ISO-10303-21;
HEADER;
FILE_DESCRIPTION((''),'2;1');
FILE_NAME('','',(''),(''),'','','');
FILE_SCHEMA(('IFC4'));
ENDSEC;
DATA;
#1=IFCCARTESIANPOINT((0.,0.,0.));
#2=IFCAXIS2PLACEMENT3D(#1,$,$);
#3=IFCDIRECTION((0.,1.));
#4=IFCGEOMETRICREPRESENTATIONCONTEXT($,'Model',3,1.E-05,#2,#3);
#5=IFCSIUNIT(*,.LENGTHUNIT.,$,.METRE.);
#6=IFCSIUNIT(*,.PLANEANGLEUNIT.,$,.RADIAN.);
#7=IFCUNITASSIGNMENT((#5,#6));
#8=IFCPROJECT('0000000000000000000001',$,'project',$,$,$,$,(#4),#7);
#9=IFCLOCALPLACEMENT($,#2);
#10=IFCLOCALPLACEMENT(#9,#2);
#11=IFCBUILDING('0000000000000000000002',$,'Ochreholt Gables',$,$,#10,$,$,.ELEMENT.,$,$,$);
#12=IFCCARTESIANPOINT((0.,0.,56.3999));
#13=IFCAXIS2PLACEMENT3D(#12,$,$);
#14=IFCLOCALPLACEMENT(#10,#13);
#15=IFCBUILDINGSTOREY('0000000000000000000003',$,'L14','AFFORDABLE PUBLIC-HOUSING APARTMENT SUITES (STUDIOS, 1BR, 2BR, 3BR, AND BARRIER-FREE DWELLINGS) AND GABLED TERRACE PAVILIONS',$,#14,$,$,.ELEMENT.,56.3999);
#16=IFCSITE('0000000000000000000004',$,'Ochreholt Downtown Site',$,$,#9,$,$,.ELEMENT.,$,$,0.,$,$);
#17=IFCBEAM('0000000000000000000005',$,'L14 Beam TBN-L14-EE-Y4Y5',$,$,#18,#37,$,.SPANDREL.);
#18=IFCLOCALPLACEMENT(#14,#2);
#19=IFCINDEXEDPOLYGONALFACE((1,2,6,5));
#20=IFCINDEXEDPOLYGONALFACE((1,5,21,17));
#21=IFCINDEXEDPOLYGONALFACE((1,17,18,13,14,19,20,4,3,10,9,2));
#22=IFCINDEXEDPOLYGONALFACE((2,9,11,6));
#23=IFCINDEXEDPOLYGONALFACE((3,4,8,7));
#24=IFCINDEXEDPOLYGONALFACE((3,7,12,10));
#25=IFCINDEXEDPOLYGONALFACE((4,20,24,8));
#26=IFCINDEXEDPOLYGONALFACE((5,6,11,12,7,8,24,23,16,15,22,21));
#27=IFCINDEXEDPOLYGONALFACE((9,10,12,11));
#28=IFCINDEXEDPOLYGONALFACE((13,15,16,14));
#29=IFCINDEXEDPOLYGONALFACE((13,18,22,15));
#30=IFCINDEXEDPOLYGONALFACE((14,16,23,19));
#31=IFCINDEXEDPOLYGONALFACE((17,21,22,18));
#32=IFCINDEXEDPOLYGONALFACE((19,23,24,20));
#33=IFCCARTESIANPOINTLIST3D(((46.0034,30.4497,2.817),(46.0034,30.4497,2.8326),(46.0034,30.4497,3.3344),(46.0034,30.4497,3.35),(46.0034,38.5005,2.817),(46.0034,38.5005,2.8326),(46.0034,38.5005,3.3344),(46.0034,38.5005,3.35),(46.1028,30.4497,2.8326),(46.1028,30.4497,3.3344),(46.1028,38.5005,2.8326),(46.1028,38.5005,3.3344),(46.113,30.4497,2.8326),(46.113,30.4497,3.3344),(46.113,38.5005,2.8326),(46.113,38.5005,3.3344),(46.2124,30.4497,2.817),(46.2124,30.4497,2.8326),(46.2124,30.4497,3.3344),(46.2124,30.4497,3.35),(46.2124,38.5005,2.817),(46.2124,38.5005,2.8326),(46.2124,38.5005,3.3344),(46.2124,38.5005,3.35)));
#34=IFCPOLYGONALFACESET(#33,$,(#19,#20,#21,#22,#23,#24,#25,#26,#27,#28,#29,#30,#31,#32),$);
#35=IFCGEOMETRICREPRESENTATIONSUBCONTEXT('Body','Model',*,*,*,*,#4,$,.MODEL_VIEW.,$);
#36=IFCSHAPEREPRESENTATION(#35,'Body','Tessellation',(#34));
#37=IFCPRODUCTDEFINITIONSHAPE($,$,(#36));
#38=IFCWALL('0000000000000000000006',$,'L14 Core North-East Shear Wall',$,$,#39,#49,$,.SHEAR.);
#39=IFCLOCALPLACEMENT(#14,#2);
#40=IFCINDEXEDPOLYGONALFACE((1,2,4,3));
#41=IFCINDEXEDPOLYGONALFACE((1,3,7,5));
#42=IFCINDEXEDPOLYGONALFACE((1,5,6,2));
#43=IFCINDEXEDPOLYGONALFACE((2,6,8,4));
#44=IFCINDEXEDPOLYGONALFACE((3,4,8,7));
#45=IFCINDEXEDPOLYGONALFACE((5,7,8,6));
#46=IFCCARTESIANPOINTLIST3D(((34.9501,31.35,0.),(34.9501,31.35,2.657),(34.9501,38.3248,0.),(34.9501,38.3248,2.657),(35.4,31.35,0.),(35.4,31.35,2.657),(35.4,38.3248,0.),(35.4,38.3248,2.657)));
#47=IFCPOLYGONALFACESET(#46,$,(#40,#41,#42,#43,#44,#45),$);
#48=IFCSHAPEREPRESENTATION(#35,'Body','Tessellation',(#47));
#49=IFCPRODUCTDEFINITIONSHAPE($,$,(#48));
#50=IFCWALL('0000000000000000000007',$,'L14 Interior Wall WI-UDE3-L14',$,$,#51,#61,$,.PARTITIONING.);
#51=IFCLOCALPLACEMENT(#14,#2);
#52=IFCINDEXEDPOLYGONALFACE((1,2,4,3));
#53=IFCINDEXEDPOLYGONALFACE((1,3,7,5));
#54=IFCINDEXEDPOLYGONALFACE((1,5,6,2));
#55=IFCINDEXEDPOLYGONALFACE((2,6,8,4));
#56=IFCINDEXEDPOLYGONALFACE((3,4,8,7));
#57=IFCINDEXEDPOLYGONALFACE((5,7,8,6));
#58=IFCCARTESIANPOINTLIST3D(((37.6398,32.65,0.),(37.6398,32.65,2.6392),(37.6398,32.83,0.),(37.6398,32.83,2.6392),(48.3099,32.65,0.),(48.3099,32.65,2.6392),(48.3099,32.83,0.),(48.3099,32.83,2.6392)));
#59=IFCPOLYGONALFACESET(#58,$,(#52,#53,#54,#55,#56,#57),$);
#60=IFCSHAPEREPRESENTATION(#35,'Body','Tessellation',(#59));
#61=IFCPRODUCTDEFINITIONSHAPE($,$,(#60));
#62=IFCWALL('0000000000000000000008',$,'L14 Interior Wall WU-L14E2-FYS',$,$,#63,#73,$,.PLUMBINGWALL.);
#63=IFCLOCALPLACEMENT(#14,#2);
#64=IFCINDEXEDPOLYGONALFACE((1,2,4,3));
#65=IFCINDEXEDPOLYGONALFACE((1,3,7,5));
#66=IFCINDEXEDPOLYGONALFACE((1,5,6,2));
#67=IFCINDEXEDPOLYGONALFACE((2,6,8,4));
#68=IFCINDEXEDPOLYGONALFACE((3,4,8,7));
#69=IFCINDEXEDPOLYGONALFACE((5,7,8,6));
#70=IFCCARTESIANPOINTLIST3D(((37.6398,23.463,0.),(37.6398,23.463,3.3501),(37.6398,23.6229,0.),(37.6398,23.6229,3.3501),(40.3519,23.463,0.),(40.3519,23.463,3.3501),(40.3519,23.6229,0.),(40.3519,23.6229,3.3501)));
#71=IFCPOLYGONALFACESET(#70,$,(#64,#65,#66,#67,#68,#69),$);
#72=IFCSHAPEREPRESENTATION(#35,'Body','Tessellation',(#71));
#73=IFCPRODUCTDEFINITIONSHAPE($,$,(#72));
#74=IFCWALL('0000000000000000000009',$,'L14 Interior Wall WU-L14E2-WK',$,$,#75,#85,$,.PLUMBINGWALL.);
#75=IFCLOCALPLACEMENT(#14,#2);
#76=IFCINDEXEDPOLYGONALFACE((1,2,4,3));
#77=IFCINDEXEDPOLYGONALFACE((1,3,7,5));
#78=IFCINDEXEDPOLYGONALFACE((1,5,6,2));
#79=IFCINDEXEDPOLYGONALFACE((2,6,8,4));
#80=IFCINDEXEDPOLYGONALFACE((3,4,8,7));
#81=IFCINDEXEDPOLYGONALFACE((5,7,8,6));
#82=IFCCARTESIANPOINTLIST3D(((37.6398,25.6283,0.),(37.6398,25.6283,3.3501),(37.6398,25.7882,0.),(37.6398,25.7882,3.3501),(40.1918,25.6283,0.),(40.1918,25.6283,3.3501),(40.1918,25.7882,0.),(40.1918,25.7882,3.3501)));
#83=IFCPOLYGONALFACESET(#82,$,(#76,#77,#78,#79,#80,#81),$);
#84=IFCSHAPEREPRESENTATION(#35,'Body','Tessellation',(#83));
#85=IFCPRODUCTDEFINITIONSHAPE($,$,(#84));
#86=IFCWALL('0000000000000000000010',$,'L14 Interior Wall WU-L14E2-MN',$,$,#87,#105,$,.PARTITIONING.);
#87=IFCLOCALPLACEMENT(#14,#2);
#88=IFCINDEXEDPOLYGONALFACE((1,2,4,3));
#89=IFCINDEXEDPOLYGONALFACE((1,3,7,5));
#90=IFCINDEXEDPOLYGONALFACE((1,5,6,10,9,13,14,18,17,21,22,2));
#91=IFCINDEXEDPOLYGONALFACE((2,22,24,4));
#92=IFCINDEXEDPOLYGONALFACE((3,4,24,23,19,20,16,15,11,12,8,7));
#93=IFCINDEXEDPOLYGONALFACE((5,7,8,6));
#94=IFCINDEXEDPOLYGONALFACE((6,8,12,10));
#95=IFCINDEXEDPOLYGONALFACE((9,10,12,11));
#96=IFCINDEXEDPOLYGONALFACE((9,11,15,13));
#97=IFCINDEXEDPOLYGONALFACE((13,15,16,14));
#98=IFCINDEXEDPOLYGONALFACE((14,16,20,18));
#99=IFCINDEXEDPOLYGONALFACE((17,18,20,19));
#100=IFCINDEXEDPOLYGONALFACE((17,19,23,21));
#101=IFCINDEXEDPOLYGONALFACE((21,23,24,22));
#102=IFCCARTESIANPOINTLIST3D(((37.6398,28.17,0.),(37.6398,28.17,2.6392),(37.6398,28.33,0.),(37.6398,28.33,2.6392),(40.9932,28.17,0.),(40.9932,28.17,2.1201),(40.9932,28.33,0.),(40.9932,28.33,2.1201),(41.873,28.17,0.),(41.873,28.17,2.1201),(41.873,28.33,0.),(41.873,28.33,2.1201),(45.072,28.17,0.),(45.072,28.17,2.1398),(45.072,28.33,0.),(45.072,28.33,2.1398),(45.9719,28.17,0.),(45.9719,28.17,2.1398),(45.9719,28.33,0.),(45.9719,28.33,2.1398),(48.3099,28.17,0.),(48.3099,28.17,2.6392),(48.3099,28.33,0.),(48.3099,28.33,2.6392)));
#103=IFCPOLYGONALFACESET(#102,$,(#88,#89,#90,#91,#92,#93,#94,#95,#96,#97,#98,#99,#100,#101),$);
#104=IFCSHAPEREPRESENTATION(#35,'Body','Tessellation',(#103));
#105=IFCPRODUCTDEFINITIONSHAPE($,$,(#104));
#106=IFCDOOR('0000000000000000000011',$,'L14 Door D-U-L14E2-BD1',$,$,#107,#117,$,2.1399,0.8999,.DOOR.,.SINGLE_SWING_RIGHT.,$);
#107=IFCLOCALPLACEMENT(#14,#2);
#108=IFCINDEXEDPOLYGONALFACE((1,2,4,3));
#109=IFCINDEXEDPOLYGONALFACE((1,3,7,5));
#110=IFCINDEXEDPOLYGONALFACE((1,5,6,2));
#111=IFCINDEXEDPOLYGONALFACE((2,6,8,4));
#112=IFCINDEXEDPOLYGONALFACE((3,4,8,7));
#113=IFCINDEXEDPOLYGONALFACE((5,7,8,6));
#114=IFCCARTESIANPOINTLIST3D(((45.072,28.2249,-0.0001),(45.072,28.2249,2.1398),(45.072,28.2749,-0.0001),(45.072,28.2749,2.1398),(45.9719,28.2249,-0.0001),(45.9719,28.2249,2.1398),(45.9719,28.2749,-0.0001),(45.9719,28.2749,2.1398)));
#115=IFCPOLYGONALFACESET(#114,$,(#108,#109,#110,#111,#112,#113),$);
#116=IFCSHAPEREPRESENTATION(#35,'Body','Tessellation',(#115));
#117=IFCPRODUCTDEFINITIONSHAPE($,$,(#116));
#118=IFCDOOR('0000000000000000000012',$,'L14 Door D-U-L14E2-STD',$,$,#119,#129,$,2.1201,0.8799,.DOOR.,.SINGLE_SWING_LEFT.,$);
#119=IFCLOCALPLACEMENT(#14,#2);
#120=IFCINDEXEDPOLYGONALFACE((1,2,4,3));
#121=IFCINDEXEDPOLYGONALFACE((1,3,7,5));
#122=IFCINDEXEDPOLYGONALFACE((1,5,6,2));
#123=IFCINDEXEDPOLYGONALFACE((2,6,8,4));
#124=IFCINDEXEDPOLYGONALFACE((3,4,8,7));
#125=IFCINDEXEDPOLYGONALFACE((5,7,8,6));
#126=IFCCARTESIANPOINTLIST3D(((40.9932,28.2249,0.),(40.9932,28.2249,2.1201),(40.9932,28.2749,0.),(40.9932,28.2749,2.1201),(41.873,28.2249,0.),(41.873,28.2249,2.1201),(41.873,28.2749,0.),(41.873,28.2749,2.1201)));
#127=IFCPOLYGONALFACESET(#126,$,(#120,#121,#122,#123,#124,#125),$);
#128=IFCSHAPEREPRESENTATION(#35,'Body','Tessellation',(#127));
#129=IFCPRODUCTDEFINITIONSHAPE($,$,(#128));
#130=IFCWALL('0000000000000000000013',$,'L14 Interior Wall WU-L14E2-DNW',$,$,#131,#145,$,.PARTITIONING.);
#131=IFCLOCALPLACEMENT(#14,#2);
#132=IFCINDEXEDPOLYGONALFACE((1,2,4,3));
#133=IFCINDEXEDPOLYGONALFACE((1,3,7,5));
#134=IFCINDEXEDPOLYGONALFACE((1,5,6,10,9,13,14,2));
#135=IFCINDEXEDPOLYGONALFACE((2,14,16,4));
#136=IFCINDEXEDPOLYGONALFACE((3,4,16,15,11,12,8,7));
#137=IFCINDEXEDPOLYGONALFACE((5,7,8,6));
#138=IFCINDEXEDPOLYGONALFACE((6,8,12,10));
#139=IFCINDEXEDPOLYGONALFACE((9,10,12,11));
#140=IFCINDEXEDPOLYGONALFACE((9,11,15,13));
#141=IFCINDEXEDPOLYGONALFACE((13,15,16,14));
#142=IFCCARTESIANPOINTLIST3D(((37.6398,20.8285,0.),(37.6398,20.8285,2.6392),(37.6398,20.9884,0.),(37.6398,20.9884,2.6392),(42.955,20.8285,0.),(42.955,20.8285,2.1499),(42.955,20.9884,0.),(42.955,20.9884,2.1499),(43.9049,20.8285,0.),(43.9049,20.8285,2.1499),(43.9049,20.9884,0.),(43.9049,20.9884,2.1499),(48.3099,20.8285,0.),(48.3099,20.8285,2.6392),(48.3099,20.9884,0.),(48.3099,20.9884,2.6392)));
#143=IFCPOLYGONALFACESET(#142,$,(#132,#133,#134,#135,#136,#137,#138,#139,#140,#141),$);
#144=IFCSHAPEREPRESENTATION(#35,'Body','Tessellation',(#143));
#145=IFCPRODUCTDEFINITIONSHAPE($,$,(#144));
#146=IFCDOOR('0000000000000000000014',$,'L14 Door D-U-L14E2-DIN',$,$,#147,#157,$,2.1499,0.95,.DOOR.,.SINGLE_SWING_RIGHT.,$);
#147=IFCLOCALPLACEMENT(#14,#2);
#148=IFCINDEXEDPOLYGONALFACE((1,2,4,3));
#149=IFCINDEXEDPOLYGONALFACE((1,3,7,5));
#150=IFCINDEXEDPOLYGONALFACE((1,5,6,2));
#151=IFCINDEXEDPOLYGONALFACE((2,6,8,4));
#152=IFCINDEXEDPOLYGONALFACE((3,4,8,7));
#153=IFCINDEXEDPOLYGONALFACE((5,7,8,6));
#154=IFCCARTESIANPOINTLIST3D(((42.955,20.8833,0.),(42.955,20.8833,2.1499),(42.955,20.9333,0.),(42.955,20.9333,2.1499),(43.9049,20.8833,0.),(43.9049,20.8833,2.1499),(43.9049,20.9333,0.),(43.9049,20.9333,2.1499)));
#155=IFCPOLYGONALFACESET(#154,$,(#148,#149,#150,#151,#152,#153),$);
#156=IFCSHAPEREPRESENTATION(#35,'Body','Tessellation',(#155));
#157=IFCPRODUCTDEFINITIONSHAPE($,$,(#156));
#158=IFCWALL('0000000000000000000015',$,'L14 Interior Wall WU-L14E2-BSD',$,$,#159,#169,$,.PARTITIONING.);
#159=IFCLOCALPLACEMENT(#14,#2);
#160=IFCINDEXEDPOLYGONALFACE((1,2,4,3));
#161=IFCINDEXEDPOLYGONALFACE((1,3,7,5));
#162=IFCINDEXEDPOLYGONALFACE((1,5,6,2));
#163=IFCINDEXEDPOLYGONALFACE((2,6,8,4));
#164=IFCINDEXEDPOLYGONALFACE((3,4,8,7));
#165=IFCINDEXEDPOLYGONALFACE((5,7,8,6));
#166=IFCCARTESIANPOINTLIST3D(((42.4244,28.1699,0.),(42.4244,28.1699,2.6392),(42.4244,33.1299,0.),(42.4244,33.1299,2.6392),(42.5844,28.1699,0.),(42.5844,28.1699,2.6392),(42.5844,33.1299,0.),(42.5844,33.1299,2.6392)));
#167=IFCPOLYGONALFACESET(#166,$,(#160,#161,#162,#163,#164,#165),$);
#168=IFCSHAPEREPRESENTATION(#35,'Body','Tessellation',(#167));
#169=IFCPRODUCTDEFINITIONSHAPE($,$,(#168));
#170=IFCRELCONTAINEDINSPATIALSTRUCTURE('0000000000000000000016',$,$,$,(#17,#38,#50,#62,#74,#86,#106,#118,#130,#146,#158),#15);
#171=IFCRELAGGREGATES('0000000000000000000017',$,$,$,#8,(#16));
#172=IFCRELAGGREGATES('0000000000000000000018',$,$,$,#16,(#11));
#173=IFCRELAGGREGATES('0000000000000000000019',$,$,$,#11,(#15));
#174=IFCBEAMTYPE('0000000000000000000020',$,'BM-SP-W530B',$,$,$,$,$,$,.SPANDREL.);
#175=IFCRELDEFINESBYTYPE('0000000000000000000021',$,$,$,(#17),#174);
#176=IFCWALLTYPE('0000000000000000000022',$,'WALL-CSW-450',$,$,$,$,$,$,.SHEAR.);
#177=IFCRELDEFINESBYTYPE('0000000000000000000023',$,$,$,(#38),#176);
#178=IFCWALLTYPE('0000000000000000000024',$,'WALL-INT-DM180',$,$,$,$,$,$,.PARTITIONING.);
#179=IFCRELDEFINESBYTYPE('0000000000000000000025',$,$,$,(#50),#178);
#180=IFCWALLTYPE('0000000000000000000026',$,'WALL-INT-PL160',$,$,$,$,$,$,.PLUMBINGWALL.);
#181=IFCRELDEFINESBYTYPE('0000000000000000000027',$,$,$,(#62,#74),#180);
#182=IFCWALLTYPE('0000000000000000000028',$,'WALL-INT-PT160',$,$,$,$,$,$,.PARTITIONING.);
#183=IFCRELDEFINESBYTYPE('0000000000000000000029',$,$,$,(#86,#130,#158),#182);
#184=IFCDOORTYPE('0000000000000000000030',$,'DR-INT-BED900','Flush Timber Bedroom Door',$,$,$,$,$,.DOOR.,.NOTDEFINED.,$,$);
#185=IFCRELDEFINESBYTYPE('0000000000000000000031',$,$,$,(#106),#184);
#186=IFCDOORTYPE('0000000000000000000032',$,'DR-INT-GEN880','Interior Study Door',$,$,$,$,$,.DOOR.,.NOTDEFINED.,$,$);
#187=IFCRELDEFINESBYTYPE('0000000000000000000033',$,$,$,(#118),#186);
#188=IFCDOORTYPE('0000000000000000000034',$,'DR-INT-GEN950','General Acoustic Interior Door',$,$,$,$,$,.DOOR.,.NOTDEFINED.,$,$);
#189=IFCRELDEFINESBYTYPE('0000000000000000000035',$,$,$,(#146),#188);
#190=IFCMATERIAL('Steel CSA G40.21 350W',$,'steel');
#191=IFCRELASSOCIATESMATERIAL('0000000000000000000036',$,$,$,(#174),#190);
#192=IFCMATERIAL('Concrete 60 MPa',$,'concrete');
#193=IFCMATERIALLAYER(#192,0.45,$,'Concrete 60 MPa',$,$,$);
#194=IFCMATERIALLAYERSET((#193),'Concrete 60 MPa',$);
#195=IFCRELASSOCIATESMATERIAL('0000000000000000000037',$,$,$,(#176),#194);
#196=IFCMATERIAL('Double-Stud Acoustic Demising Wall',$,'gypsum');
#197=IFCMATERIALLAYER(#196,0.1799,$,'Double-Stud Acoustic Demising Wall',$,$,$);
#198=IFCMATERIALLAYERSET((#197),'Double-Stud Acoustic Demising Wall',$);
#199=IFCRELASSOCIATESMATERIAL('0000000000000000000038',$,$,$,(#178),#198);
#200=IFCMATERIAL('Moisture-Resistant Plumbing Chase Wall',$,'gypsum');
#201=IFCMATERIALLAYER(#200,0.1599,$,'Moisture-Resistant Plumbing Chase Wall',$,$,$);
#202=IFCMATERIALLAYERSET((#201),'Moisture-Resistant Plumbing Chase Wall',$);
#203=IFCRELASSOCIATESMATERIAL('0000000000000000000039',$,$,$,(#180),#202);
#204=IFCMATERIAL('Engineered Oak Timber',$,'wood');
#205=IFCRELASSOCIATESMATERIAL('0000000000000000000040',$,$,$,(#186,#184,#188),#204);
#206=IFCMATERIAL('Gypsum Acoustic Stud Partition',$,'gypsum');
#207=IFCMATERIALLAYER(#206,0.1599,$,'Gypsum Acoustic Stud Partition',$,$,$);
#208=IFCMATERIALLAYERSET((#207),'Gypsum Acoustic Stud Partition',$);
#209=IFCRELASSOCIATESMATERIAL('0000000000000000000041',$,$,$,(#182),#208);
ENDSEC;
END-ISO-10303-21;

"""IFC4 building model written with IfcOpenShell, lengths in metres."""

from ifc_helpers import new_model, si_unit, direction, frame, frame_2d, origin, origin_2d, place, context, subcontext, project, spatial, rectangle, i_section, extrude, material, layer, layer_set, material_profile, profile_set, type_object, element, fill, save


model = new_model("IFC4")

# Units and contexts
model_context = context("Model", 3, precision=1e-05, world=origin(), true_north=direction((0.0, 1.0)))
body_context = subcontext(model_context, "Body", "Model", "MODEL_VIEW")
ifc_project = project(units=[si_unit("LENGTHUNIT", "METRE"), si_unit("PLANEANGLEUNIT", "RADIAN")], contexts=[model_context])

# Site, building, storey
site_placement = place(None, origin())
site = spatial("IfcSite", under=ifc_project, at=site_placement, Name="Ochreholt Downtown Site", CompositionType="ELEMENT", RefElevation=0.0)
building_placement = place(site_placement, origin())
building = spatial("IfcBuilding", under=site, at=building_placement, Name="Ochreholt Gables", CompositionType="ELEMENT")
storey_placement = place(building_placement, frame((0.0, 0.0, 56.3999)))
storey = spatial("IfcBuildingStorey", under=building, at=storey_placement, Name="L14", Description="AFFORDABLE PUBLIC-HOUSING APARTMENT SUITES (STUDIOS, 1BR, 2BR, 3BR, AND BARRIER-FREE DWELLINGS) AND GABLED TERRACE PAVILIONS", CompositionType="ELEMENT", Elevation=56.3999)

# Shared definitions
ifc_material_1 = material(Name="Steel CSA G40.21 350W", Category="steel")
ifc_material_2 = material(Name="Concrete 60 MPa", Category="concrete")

# Beam
ifc_material_profile_1 = material_profile(ifc_material_1, i_section(OverallWidth=0.209, OverallDepth=0.533, WebThickness=0.0103, FlangeThickness=0.0156, at=origin_2d()), Name="W530X92")
ifc_profile_set_1 = profile_set([ifc_material_profile_1], Name="Steel CSA G40.21 350W")
beam_type_1 = type_object("IfcBeamType", Name="BM-SP-W530B", PredefinedType="SPANDREL", material=ifc_profile_set_1)
beam_1_placement = place(storey_placement, frame((46.1079, 30.4497, 3.0835), z_axis=(0.0, 1.0, 0.0), x_axis=(-1.0, 0.0, 0.0)))
element("IfcBeam", 1, at=beam_1_placement, inside=storey, type_object=beam_type_1, Name="L14 Beam TBN-L14-EE-Y4Y5", PredefinedType="SPANDREL", context=body_context, shape_type="SweptSolid", body=[
    extrude(i_section(OverallWidth=0.209, OverallDepth=0.533, WebThickness=0.0103, FlangeThickness=0.0156, at=origin_2d()), origin(), (0.0, 0.0, 1.0), 8.0508),
])

# Walls
ifc_layer_1 = layer(ifc_material_2, 0.45, Name="Concrete 60 MPa")
ifc_layer_set_1 = layer_set([ifc_layer_1], Name="Concrete 60 MPa")
wall_type_1 = type_object("IfcWallType", Name="WALL-CSW-450", PredefinedType="SHEAR", material=ifc_layer_set_1)
wall_1_placement = place(storey_placement, frame((35.175, 31.3501, 0.0), z_axis=(0.0, 0.0, 1.0), x_axis=(0.0, 1.0, 0.0)))
element("IfcWall", 2, at=wall_1_placement, inside=storey, type_object=wall_type_1, Name="L14 Core North-East Shear Wall", PredefinedType="SHEAR", context=body_context, shape_type="SweptSolid", body=[
    extrude(rectangle(XDim=6.9749, YDim=0.45, at=frame_2d((3.4873, 0.0))), origin(), (0.0, 0.0, 1.0), 2.657),
])
ifc_material_3 = material(Name="Double-Stud Acoustic Demising Wall", Category="gypsum")
ifc_layer_2 = layer(ifc_material_3, 0.1799, Name="Double-Stud Acoustic Demising Wall")
ifc_layer_set_2 = layer_set([ifc_layer_2], Name="Double-Stud Acoustic Demising Wall")
wall_type_2 = type_object("IfcWallType", Name="WALL-INT-DM180", PredefinedType="PARTITIONING", material=ifc_layer_set_2)
wall_2_placement = place(storey_placement, frame((37.6399, 32.74, 0.0), z_axis=(0.0, 0.0, 1.0), x_axis=(1.0, 0.0, 0.0)))
element("IfcWall", 3, at=wall_2_placement, inside=storey, type_object=wall_type_2, Name="L14 Interior Wall WI-UDE3-L14", PredefinedType="PARTITIONING", context=body_context, shape_type="SweptSolid", body=[
    extrude(rectangle(XDim=10.6702, YDim=0.1799, at=frame_2d((5.335, 0.0))), origin(), (0.0, 0.0, 1.0), 2.6392),
])
ifc_material_4 = material(Name="Moisture-Resistant Plumbing Chase Wall", Category="gypsum")
ifc_layer_3 = layer(ifc_material_4, 0.1599, Name="Moisture-Resistant Plumbing Chase Wall")
ifc_layer_set_3 = layer_set([ifc_layer_3], Name="Moisture-Resistant Plumbing Chase Wall")
wall_type_3 = type_object("IfcWallType", Name="WALL-INT-PL160", PredefinedType="PLUMBINGWALL", material=ifc_layer_set_3)
wall_3_placement = place(storey_placement, frame((37.6399, 23.543, 0.0), z_axis=(0.0, 0.0, 1.0), x_axis=(1.0, 0.0, 0.0)))
element("IfcWall", 4, at=wall_3_placement, inside=storey, type_object=wall_type_3, Name="L14 Interior Wall WU-L14E2-FYS", PredefinedType="PLUMBINGWALL", context=body_context, shape_type="SweptSolid", body=[
    extrude(rectangle(XDim=2.7122, YDim=0.1599, at=frame_2d((1.356, 0.0))), origin(), (0.0, 0.0, 1.0), 3.3501),
])

# Shared definitions
ifc_material_5 = material(Name="Engineered Oak Timber", Category="wood")
door_type_1 = type_object("IfcDoorType", Name="DR-INT-GEN880", Description="Interior Study Door", OperationType="NOTDEFINED", PredefinedType="DOOR", material=ifc_material_5)

# Wall
wall_4_placement = place(storey_placement, frame((37.6399, 25.7083, 0.0), z_axis=(0.0, 0.0, 1.0), x_axis=(1.0, 0.0, 0.0)))
element("IfcWall", 5, at=wall_4_placement, inside=storey, type_object=wall_type_3, Name="L14 Interior Wall WU-L14E2-WK", PredefinedType="PLUMBINGWALL", context=body_context, shape_type="SweptSolid", body=[
    extrude(rectangle(XDim=2.552, YDim=0.1599, at=frame_2d((1.2759, 0.0))), origin(), (0.0, 0.0, 1.0), 3.3501),
])

# Wall, openings, doors
ifc_material_6 = material(Name="Gypsum Acoustic Stud Partition", Category="gypsum")
ifc_layer_4 = layer(ifc_material_6, 0.1599, Name="Gypsum Acoustic Stud Partition")
ifc_layer_set_4 = layer_set([ifc_layer_4], Name="Gypsum Acoustic Stud Partition")
wall_type_4 = type_object("IfcWallType", Name="WALL-INT-PT160", PredefinedType="PARTITIONING", material=ifc_layer_set_4)
wall_5_placement = place(storey_placement, frame((37.6399, 28.25, 0.0), z_axis=(0.0, 0.0, 1.0), x_axis=(1.0, 0.0, 0.0)))
wall_5 = element("IfcWall", 6, at=wall_5_placement, inside=storey, type_object=wall_type_4, Name="L14 Interior Wall WU-L14E2-MN", PredefinedType="PARTITIONING", context=body_context, shape_type="SweptSolid", body=[
    extrude(rectangle(XDim=10.6702, YDim=0.1599, at=frame_2d((5.335, 0.0))), origin(), (0.0, 0.0, 1.0), 2.6392),
])
opening_1_placement = place(wall_5_placement, frame((3.3533, 0.0, 0.0)))
opening_1 = element("IfcOpeningElement", 7, at=opening_1_placement, cuts=wall_5, PredefinedType="OPENING", context=body_context, shape_type="SweptSolid", body=[
    extrude(rectangle(XDim=0.8799, YDim=2.1201, at=frame_2d((0.4399, 1.0601))), frame((0.0, 0.0898, 0.0), z_axis=(0.0, -1.0, 0.0), x_axis=(1.0, 0.0, 0.0)), (0.0, 0.0, 1.0), 0.1799),
])
opening_2_placement = place(wall_5_placement, frame((7.4321, 0.0, 0.0)))
opening_2 = element("IfcOpeningElement", 8, at=opening_2_placement, cuts=wall_5, PredefinedType="OPENING", context=body_context, shape_type="SweptSolid", body=[
    extrude(rectangle(XDim=0.8999, YDim=2.1399, at=frame_2d((0.45, 1.0698))), frame((0.0, 0.0898, 0.0), z_axis=(0.0, -1.0, 0.0), x_axis=(1.0, 0.0, 0.0)), (0.0, 0.0, 1.0), 0.1799),
])
door_type_2 = type_object("IfcDoorType", Name="DR-INT-BED900", Description="Flush Timber Bedroom Door", OperationType="NOTDEFINED", PredefinedType="DOOR", material=ifc_material_5)
door_1_placement = place(opening_2_placement, origin())
door_1 = element("IfcDoor", 9, at=door_1_placement, inside=storey, type_object=door_type_2, Name="L14 Door D-U-L14E2-BD1", OperationType="SINGLE_SWING_RIGHT", OverallHeight=2.1399, OverallWidth=0.8999, PredefinedType="DOOR", context=body_context, shape_type="SweptSolid", body=[
    extrude(rectangle(XDim=0.8999, YDim=2.1399, at=frame_2d((0.45, 1.0698))), frame((0.0, 0.0249, 0.0), z_axis=(0.0, -1.0, 0.0), x_axis=(1.0, 0.0, 0.0)), (0.0, 0.0, 1.0), 0.05),
])
fill(opening_2, door_1)
door_2_placement = place(opening_1_placement, origin())
door_2 = element("IfcDoor", 10, at=door_2_placement, inside=storey, type_object=door_type_1, Name="L14 Door D-U-L14E2-STD", OperationType="SINGLE_SWING_LEFT", OverallHeight=2.1201, OverallWidth=0.8799, PredefinedType="DOOR", context=body_context, shape_type="SweptSolid", body=[
    extrude(rectangle(XDim=0.8799, YDim=2.1201, at=frame_2d((0.4399, 1.0601))), frame((0.0, 0.0249, 0.0), z_axis=(0.0, -1.0, 0.0), x_axis=(1.0, 0.0, 0.0)), (0.0, 0.0, 1.0), 0.05),
])
fill(opening_1, door_2)

# Wall, opening, door
wall_6_placement = place(storey_placement, frame((37.6399, 20.9084, 0.0), z_axis=(0.0, 0.0, 1.0), x_axis=(1.0, 0.0, 0.0)))
wall_6 = element("IfcWall", 11, at=wall_6_placement, inside=storey, type_object=wall_type_4, Name="L14 Interior Wall WU-L14E2-DNW", PredefinedType="PARTITIONING", context=body_context, shape_type="SweptSolid", body=[
    extrude(rectangle(XDim=10.6702, YDim=0.1599, at=frame_2d((5.335, 0.0))), origin(), (0.0, 0.0, 1.0), 2.6392),
])
opening_3_placement = place(wall_6_placement, frame((5.3149, 0.0, 0.0)))
opening_3 = element("IfcOpeningElement", 12, at=opening_3_placement, cuts=wall_6, PredefinedType="OPENING", context=body_context, shape_type="SweptSolid", body=[
    extrude(rectangle(XDim=0.95, YDim=2.1499, at=frame_2d((0.4751, 1.075))), frame((0.0, 0.0898, 0.0), z_axis=(0.0, -1.0, 0.0), x_axis=(1.0, 0.0, 0.0)), (0.0, 0.0, 1.0), 0.1799),
])
door_type_3 = type_object("IfcDoorType", Name="DR-INT-GEN950", Description="General Acoustic Interior Door", OperationType="NOTDEFINED", PredefinedType="DOOR", material=ifc_material_5)
door_3_placement = place(opening_3_placement, origin())
door_3 = element("IfcDoor", 13, at=door_3_placement, inside=storey, type_object=door_type_3, Name="L14 Door D-U-L14E2-DIN", OperationType="SINGLE_SWING_RIGHT", OverallHeight=2.1499, OverallWidth=0.95, PredefinedType="DOOR", context=body_context, shape_type="SweptSolid", body=[
    extrude(rectangle(XDim=0.95, YDim=2.1499, at=frame_2d((0.4751, 1.075))), frame((0.0, 0.0249, 0.0), z_axis=(0.0, -1.0, 0.0), x_axis=(1.0, 0.0, 0.0)), (0.0, 0.0, 1.0), 0.05),
])
fill(opening_3, door_3)

# Wall
wall_7_placement = place(storey_placement, frame((42.5044, 28.1699, 0.0), z_axis=(0.0, 0.0, 1.0), x_axis=(0.0, 1.0, 0.0)))
element("IfcWall", 14, at=wall_7_placement, inside=storey, type_object=wall_type_4, Name="L14 Interior Wall WU-L14E2-BSD", PredefinedType="PARTITIONING", context=body_context, shape_type="SweptSolid", body=[
    extrude(rectangle(XDim=4.96, YDim=0.1599, at=frame_2d((2.48, 0.0))), origin(), (0.0, 0.0, 1.0), 2.6392),
])

save(model, "model.ifc")
